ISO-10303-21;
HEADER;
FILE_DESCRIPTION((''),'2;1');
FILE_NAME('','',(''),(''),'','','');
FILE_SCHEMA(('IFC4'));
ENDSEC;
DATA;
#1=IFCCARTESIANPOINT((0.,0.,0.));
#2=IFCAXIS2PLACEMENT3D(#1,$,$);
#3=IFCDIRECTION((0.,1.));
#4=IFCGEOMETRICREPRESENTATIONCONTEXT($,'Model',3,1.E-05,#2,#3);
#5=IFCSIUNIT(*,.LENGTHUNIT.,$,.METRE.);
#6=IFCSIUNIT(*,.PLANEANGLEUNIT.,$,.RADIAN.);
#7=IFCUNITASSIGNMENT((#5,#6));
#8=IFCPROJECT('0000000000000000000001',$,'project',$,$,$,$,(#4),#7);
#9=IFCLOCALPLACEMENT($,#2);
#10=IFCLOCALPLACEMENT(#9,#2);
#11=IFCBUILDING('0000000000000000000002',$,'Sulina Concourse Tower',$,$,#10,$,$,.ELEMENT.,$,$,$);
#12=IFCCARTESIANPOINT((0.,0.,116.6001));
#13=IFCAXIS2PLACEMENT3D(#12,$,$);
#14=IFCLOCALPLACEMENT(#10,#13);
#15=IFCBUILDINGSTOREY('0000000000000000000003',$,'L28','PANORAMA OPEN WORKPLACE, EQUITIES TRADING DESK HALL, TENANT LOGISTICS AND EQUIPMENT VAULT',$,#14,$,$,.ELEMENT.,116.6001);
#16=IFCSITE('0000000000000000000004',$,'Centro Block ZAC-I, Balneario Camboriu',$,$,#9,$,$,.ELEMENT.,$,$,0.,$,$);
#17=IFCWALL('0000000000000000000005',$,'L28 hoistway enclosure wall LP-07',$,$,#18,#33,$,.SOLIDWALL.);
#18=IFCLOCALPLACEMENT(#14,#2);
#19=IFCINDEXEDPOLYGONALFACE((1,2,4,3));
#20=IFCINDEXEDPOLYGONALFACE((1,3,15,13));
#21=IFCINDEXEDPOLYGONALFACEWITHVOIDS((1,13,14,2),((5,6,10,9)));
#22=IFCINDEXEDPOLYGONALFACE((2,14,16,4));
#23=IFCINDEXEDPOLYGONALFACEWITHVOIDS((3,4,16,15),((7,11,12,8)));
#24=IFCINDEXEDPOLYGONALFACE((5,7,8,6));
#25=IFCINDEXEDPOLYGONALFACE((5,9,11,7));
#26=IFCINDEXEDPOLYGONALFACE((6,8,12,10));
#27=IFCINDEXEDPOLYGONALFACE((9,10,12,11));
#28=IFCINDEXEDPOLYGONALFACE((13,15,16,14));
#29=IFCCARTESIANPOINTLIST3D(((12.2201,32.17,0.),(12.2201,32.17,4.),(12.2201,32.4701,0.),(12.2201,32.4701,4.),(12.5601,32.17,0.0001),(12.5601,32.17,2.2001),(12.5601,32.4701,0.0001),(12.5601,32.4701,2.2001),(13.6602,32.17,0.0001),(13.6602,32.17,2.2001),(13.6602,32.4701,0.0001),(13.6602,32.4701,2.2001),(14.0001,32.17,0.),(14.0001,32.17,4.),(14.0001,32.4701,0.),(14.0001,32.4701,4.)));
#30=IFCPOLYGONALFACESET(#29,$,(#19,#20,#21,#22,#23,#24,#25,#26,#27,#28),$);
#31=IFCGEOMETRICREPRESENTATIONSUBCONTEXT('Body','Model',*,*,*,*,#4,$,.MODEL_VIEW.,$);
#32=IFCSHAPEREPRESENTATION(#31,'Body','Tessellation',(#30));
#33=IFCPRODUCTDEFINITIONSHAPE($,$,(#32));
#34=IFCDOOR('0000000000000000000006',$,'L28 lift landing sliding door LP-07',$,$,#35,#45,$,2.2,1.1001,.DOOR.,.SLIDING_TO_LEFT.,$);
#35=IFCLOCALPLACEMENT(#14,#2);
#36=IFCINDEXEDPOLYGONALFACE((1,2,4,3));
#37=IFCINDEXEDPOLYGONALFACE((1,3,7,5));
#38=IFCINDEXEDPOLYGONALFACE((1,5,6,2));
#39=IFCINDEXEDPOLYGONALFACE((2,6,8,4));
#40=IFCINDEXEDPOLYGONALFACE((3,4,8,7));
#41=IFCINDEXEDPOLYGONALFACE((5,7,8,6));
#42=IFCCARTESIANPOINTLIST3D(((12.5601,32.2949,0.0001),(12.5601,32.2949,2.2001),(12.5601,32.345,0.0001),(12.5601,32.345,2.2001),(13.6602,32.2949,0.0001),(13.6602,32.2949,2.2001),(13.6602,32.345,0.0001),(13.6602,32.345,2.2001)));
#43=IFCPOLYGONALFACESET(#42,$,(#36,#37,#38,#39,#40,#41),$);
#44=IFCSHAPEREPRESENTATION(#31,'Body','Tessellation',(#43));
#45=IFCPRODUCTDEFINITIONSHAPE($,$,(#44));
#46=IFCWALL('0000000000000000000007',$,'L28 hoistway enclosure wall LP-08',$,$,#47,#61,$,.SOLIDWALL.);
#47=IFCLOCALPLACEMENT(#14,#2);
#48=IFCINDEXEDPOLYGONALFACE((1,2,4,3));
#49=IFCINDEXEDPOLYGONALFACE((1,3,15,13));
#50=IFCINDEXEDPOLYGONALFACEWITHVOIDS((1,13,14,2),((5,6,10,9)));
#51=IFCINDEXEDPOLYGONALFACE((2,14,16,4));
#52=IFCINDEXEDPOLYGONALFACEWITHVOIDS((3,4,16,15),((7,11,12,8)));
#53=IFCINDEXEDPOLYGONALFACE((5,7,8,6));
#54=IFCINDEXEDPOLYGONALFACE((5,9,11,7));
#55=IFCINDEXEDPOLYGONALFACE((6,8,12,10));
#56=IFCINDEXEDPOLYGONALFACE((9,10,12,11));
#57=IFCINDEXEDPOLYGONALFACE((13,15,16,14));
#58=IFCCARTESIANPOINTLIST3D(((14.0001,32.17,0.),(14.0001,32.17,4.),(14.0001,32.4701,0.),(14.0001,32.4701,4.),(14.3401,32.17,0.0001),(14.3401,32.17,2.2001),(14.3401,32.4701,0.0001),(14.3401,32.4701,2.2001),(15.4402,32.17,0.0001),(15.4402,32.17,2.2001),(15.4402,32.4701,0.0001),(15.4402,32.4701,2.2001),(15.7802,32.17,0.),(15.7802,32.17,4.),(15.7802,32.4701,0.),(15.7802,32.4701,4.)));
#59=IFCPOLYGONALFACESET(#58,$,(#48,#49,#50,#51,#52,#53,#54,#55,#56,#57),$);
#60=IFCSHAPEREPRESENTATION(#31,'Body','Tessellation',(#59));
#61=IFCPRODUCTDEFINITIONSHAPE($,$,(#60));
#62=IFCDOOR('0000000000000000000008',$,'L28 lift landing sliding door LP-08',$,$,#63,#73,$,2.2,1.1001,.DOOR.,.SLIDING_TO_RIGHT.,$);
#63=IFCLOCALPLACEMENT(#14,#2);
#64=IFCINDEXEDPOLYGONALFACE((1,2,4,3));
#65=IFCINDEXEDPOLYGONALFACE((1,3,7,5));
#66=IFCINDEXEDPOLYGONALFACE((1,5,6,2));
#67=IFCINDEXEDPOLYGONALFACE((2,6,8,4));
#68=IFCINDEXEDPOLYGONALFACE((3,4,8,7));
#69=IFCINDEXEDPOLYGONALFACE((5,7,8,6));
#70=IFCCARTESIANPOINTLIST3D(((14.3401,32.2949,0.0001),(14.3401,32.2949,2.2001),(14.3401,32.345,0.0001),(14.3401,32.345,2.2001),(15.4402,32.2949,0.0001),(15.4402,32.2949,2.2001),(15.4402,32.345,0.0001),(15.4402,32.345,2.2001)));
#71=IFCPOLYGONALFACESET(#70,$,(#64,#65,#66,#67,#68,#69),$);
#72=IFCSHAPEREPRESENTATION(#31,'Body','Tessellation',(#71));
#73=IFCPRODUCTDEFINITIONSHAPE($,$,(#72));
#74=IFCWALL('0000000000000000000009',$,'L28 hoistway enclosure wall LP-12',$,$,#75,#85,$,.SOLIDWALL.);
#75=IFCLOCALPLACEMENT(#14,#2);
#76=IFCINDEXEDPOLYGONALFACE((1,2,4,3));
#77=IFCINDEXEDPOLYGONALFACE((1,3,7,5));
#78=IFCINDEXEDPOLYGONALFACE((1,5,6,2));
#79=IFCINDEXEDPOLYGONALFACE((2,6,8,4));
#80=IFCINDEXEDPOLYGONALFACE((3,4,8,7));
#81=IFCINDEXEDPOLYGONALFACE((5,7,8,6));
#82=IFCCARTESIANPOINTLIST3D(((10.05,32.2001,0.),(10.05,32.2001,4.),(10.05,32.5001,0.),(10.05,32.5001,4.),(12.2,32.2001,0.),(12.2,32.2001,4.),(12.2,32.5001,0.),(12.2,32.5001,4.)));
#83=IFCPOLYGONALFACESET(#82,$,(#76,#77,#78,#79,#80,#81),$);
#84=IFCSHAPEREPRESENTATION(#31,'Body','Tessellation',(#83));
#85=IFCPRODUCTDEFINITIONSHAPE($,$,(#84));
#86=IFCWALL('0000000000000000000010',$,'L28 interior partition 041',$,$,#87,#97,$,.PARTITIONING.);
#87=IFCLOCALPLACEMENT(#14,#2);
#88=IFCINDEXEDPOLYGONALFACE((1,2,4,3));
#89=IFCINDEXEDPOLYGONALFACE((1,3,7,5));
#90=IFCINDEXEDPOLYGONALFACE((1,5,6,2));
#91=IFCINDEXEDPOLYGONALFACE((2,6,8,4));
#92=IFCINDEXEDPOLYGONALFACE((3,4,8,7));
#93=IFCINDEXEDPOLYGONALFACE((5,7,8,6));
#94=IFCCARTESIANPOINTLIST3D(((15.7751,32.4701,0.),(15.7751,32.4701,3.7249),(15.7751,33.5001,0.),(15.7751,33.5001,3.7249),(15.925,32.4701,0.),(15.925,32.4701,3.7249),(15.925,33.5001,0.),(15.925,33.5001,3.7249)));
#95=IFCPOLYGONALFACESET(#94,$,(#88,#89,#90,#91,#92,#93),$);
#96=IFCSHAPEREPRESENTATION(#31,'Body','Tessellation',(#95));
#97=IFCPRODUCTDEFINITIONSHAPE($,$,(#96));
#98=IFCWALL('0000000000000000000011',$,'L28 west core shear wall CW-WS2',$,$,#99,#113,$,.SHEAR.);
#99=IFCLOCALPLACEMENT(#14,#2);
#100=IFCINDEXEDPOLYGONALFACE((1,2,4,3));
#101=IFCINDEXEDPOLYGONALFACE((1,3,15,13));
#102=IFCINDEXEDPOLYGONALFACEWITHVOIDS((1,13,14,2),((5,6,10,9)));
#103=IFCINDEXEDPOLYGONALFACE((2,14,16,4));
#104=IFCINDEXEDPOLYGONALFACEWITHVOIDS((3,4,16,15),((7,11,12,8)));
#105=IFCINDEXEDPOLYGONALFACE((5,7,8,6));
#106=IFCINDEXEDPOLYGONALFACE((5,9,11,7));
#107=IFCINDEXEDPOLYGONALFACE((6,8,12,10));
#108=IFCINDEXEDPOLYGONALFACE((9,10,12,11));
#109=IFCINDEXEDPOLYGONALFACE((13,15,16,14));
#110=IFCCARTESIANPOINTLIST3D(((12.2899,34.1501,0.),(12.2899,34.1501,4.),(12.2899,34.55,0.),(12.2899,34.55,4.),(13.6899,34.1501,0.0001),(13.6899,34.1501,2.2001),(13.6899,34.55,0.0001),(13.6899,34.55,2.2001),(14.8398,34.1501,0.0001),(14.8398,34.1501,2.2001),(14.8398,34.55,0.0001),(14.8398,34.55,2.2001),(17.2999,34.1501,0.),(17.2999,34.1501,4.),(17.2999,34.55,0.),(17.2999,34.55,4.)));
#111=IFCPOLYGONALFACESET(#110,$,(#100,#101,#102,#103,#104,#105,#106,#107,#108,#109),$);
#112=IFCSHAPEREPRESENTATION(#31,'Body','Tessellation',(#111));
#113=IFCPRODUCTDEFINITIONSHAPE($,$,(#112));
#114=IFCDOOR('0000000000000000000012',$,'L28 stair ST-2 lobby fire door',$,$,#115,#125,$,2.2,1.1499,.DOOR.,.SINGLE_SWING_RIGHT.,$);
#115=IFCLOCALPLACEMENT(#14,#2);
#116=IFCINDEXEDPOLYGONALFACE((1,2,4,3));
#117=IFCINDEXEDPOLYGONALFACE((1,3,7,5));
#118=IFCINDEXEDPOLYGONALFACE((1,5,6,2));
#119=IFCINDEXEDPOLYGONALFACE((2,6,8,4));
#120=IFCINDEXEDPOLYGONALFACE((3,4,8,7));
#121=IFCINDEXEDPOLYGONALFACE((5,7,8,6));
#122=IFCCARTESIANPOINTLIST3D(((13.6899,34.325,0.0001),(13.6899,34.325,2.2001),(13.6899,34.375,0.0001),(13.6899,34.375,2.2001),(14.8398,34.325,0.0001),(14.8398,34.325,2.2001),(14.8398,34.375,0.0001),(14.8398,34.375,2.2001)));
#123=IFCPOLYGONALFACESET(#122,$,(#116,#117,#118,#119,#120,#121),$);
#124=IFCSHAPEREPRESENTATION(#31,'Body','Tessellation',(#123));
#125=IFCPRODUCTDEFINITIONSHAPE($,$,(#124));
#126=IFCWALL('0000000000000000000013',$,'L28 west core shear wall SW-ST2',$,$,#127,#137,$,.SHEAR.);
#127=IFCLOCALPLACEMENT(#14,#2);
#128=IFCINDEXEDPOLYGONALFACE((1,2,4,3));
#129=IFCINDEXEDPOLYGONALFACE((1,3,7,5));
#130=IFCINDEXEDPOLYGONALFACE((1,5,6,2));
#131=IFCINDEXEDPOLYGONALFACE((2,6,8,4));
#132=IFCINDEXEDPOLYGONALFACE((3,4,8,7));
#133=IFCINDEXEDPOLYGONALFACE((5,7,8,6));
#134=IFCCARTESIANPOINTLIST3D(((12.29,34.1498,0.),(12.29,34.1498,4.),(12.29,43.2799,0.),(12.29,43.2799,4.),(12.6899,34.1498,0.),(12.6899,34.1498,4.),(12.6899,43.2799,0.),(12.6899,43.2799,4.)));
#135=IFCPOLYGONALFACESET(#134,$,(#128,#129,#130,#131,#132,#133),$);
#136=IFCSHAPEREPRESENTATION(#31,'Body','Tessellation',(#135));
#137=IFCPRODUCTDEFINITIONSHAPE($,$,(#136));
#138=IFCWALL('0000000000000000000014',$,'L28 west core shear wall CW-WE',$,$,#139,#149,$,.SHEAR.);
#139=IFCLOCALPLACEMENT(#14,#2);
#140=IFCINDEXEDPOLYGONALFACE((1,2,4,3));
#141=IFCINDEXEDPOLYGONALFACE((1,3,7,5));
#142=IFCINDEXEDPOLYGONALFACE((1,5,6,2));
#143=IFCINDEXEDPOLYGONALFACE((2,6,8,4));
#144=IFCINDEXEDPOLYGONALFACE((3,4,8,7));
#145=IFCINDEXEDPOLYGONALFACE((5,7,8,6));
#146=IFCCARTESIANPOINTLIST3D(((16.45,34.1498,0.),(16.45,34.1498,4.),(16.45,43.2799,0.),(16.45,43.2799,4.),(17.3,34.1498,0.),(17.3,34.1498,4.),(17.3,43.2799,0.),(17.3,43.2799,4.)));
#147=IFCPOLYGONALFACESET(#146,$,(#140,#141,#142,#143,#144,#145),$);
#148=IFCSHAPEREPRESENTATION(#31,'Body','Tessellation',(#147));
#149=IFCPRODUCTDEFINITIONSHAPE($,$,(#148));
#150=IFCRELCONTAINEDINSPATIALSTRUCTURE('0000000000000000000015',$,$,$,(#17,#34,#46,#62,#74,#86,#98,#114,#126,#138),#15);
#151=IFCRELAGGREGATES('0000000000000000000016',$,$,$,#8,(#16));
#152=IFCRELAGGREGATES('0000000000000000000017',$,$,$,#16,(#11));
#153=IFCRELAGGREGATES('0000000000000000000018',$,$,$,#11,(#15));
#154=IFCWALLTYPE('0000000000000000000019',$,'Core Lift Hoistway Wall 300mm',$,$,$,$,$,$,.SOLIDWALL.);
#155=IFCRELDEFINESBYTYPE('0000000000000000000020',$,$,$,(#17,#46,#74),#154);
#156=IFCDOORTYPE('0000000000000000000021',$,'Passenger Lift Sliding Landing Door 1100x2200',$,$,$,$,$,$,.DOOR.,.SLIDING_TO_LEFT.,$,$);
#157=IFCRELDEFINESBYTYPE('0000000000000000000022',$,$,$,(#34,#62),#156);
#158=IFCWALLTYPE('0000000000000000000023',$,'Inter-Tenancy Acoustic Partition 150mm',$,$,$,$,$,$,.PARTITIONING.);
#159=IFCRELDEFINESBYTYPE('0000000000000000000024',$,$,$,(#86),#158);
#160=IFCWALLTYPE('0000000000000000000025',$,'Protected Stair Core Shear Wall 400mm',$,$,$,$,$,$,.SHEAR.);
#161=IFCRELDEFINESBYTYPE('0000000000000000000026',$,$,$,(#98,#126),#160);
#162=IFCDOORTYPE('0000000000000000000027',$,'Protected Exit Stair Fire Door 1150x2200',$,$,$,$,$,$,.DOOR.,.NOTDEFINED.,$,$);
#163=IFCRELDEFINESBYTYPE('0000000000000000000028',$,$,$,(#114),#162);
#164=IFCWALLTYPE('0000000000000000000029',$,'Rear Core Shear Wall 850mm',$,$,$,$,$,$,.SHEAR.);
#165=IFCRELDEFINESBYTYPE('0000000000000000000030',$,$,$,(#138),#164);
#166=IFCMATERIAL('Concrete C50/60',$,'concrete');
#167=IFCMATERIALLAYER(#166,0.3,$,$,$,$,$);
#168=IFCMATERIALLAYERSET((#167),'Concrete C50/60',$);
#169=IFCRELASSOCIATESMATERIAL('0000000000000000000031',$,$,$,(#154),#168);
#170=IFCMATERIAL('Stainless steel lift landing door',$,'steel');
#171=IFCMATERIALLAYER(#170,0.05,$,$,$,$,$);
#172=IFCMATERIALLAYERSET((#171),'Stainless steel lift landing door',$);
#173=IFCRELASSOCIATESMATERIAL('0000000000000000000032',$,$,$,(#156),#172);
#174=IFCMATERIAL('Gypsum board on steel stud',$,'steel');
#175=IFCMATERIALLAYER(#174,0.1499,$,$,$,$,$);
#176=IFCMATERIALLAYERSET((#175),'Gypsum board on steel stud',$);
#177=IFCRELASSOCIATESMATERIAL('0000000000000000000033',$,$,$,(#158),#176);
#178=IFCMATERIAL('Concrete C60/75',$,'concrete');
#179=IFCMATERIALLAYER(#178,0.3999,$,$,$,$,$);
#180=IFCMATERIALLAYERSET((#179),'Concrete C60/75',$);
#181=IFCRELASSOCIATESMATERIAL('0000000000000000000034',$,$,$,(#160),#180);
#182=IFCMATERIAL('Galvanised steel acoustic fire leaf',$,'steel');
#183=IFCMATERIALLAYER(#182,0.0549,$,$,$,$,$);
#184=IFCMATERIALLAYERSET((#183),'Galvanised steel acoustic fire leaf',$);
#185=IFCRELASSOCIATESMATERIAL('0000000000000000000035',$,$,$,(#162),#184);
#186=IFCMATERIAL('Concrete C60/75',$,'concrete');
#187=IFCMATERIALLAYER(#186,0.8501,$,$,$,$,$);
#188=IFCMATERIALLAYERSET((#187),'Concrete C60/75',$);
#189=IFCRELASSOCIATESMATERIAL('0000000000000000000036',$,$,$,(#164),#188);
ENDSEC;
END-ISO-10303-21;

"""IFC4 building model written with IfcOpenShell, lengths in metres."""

from ifc_helpers import new_model, si_unit, direction, frame, frame_2d, origin, place, context, subcontext, project, spatial, rectangle, extrude, material, layer, layer_set, type_object, element, fill, save


model = new_model("IFC4")

# Units and contexts
model_context = context("Model", 3, precision=1e-05, world=origin(), true_north=direction((0.0, 1.0)))
body_context = subcontext(model_context, "Body", "Model", "MODEL_VIEW")
ifc_project = project(units=[si_unit("LENGTHUNIT", "METRE"), si_unit("PLANEANGLEUNIT", "RADIAN")], contexts=[model_context])

# Site, building, storey
site_placement = place(None, origin())
site = spatial("IfcSite", under=ifc_project, at=site_placement, Name="Centro Block ZAC-I, Balneario Camboriu", CompositionType="ELEMENT", RefElevation=0.0)
building_placement = place(site_placement, origin())
building = spatial("IfcBuilding", under=site, at=building_placement, Name="Sulina Concourse Tower", CompositionType="ELEMENT")
storey_placement = place(building_placement, frame((0.0, 0.0, 116.6001)))
storey = spatial("IfcBuildingStorey", under=building, at=storey_placement, Name="L28", Description="PANORAMA OPEN WORKPLACE, EQUITIES TRADING DESK HALL, TENANT LOGISTICS AND EQUIPMENT VAULT", CompositionType="ELEMENT", Elevation=116.6001)

# Walls, openings, doors
ifc_material_1 = material(Name="Concrete C50/60", Category="concrete")
ifc_layer_1 = layer(ifc_material_1, 0.3)
ifc_layer_set_1 = layer_set([ifc_layer_1], Name="Concrete C50/60")
wall_type_1 = type_object("IfcWallType", Name="Core Lift Hoistway Wall 300mm", PredefinedType="SOLIDWALL", material=ifc_layer_set_1)
ifc_material_2 = material(Name="Stainless steel lift landing door", Category="steel")
ifc_layer_2 = layer(ifc_material_2, 0.05)
ifc_layer_set_2 = layer_set([ifc_layer_2], Name="Stainless steel lift landing door")
door_type_1 = type_object("IfcDoorType", Name="Passenger Lift Sliding Landing Door 1100x2200", OperationType="SLIDING_TO_LEFT", PredefinedType="DOOR", material=ifc_layer_set_2)
wall_1_placement = place(storey_placement, frame((12.22, 32.3201, 0.0), z_axis=(0.0, 0.0, 1.0), x_axis=(1.0, 0.0, 0.0)))
wall_1 = element("IfcWall", 1, at=wall_1_placement, inside=storey, type_object=wall_type_1, Name="L28 hoistway enclosure wall LP-07", PredefinedType="SOLIDWALL", context=body_context, shape_type="SweptSolid", body=[
    extrude(rectangle(XDim=1.78, YDim=0.3, at=frame_2d((0.8901, 0.0))), origin(), (0.0, 0.0, 1.0), 4.0),
])
opening_1_placement = place(wall_1_placement, frame((0.3401, 0.0, 0.0)))
opening_1 = element("IfcOpeningElement", 2, at=opening_1_placement, cuts=wall_1, PredefinedType="OPENING", context=body_context, shape_type="SweptSolid", body=[
    extrude(rectangle(XDim=1.1001, YDim=2.2, at=frame_2d((0.55, 1.1001))), frame((0.0, 0.1599, 0.0), z_axis=(0.0, -1.0, 0.0), x_axis=(1.0, 0.0, 0.0)), (0.0, 0.0, 1.0), 0.3201),
])
door_1_placement = place(opening_1_placement, origin())
door_1 = element("IfcDoor", 3, at=door_1_placement, inside=storey, type_object=door_type_1, Name="L28 lift landing sliding door LP-07", OperationType="SLIDING_TO_LEFT", OverallHeight=2.2, OverallWidth=1.1001, PredefinedType="DOOR", context=body_context, shape_type="SweptSolid", body=[
    extrude(rectangle(XDim=1.1001, YDim=2.2, at=frame_2d((0.55, 1.1001))), frame((0.0, 0.0249, 0.0), z_axis=(0.0, -1.0, 0.0), x_axis=(1.0, 0.0, 0.0)), (0.0, 0.0, 1.0), 0.05),
])
fill(opening_1, door_1)
wall_2_placement = place(storey_placement, frame((14.0, 32.3201, 0.0), z_axis=(0.0, 0.0, 1.0), x_axis=(1.0, 0.0, 0.0)))
wall_2 = element("IfcWall", 4, at=wall_2_placement, inside=storey, type_object=wall_type_1, Name="L28 hoistway enclosure wall LP-08", PredefinedType="SOLIDWALL", context=body_context, shape_type="SweptSolid", body=[
    extrude(rectangle(XDim=1.78, YDim=0.3, at=frame_2d((0.8901, 0.0))), origin(), (0.0, 0.0, 1.0), 4.0),
])
opening_2_placement = place(wall_2_placement, frame((0.3401, 0.0, 0.0)))
opening_2 = element("IfcOpeningElement", 5, at=opening_2_placement, cuts=wall_2, PredefinedType="OPENING", context=body_context, shape_type="SweptSolid", body=[
    extrude(rectangle(XDim=1.1001, YDim=2.2, at=frame_2d((0.55, 1.1001))), frame((0.0, 0.1599, 0.0), z_axis=(0.0, -1.0, 0.0), x_axis=(1.0, 0.0, 0.0)), (0.0, 0.0, 1.0), 0.3201),
])
door_2_placement = place(opening_2_placement, origin())
door_2 = element("IfcDoor", 6, at=door_2_placement, inside=storey, type_object=door_type_1, Name="L28 lift landing sliding door LP-08", OperationType="SLIDING_TO_RIGHT", OverallHeight=2.2, OverallWidth=1.1001, PredefinedType="DOOR", context=body_context, shape_type="SweptSolid", body=[
    extrude(rectangle(XDim=1.1001, YDim=2.2, at=frame_2d((0.55, 1.1001))), frame((0.0, 0.0249, 0.0), z_axis=(0.0, -1.0, 0.0), x_axis=(1.0, 0.0, 0.0)), (0.0, 0.0, 1.0), 0.05),
])
fill(opening_2, door_2)

# Walls
wall_3_placement = place(storey_placement, frame((10.05, 32.3501, 0.0), z_axis=(0.0, 0.0, 1.0), x_axis=(1.0, 0.0, 0.0)))
element("IfcWall", 7, at=wall_3_placement, inside=storey, type_object=wall_type_1, Name="L28 hoistway enclosure wall LP-12", PredefinedType="SOLIDWALL", context=body_context, shape_type="SweptSolid", body=[
    extrude(rectangle(XDim=2.1499, YDim=0.3, at=frame_2d((1.075, 0.0))), origin(), (0.0, 0.0, 1.0), 4.0),
])
ifc_material_3 = material(Name="Gypsum board on steel stud", Category="steel")
ifc_layer_3 = layer(ifc_material_3, 0.1499)
ifc_layer_set_3 = layer_set([ifc_layer_3], Name="Gypsum board on steel stud")
wall_type_2 = type_object("IfcWallType", Name="Inter-Tenancy Acoustic Partition 150mm", PredefinedType="PARTITIONING", material=ifc_layer_set_3)
wall_4_placement = place(storey_placement, frame((15.8501, 32.47, 0.0), z_axis=(0.0, 0.0, 1.0), x_axis=(0.0, 1.0, 0.0)))
element("IfcWall", 8, at=wall_4_placement, inside=storey, type_object=wall_type_2, Name="L28 interior partition 041", PredefinedType="PARTITIONING", context=body_context, shape_type="SweptSolid", body=[
    extrude(rectangle(XDim=1.03, YDim=0.1499, at=frame_2d((0.5151, 0.0))), origin(), (0.0, 0.0, 1.0), 3.7249),
])

# Wall, opening, door
ifc_material_4 = material(Name="Concrete C60/75", Category="concrete")
ifc_layer_4 = layer(ifc_material_4, 0.3999)
ifc_layer_set_4 = layer_set([ifc_layer_4], Name="Concrete C60/75")
wall_type_3 = type_object("IfcWallType", Name="Protected Stair Core Shear Wall 400mm", PredefinedType="SHEAR", material=ifc_layer_set_4)
wall_5_placement = place(storey_placement, frame((12.29, 34.3501, 0.0), z_axis=(0.0, 0.0, 1.0), x_axis=(1.0, 0.0, 0.0)))
wall_5 = element("IfcWall", 9, at=wall_5_placement, inside=storey, type_object=wall_type_3, Name="L28 west core shear wall CW-WS2", PredefinedType="SHEAR", context=body_context, shape_type="SweptSolid", body=[
    extrude(rectangle(XDim=5.01, YDim=0.3999, at=frame_2d((2.5049, 0.0))), origin(), (0.0, 0.0, 1.0), 4.0),
])
opening_3_placement = place(wall_5_placement, frame((1.3999, 0.0, 0.0)))
opening_3 = element("IfcOpeningElement", 10, at=opening_3_placement, cuts=wall_5, PredefinedType="OPENING", context=body_context, shape_type="SweptSolid", body=[
    extrude(rectangle(XDim=1.1499, YDim=2.2, at=frame_2d((0.575, 1.1001))), frame((0.0, 0.21, 0.0), z_axis=(0.0, -1.0, 0.0), x_axis=(1.0, 0.0, 0.0)), (0.0, 0.0, 1.0), 0.4199),
])
ifc_material_5 = material(Name="Galvanised steel acoustic fire leaf", Category="steel")
ifc_layer_5 = layer(ifc_material_5, 0.0549)
ifc_layer_set_5 = layer_set([ifc_layer_5], Name="Galvanised steel acoustic fire leaf")
door_type_2 = type_object("IfcDoorType", Name="Protected Exit Stair Fire Door 1150x2200", OperationType="NOTDEFINED", PredefinedType="DOOR", material=ifc_layer_set_5)
door_3_placement = place(opening_3_placement, origin())
door_3 = element("IfcDoor", 11, at=door_3_placement, inside=storey, type_object=door_type_2, Name="L28 stair ST-2 lobby fire door", OperationType="SINGLE_SWING_RIGHT", OverallHeight=2.2, OverallWidth=1.1499, PredefinedType="DOOR", context=body_context, shape_type="SweptSolid", body=[
    extrude(rectangle(XDim=1.1499, YDim=2.2, at=frame_2d((0.575, 1.1001))), frame((0.0, 0.0249, 0.0), z_axis=(0.0, -1.0, 0.0), x_axis=(1.0, 0.0, 0.0)), (0.0, 0.0, 1.0), 0.05),
])
fill(opening_3, door_3)

# Walls
wall_6_placement = place(storey_placement, frame((12.49, 34.1499, 0.0), z_axis=(0.0, 0.0, 1.0), x_axis=(0.0, 1.0, 0.0)))
element("IfcWall", 12, at=wall_6_placement, inside=storey, type_object=wall_type_3, Name="L28 west core shear wall SW-ST2", PredefinedType="SHEAR", context=body_context, shape_type="SweptSolid", body=[
    extrude(rectangle(XDim=9.1301, YDim=0.3999, at=frame_2d((4.5649, 0.0))), origin(), (0.0, 0.0, 1.0), 4.0),
])
ifc_material_6 = material(Name="Concrete C60/75", Category="concrete")
ifc_layer_6 = layer(ifc_material_6, 0.8501)
ifc_layer_set_6 = layer_set([ifc_layer_6], Name="Concrete C60/75")
wall_type_4 = type_object("IfcWallType", Name="Rear Core Shear Wall 850mm", PredefinedType="SHEAR", material=ifc_layer_set_6)
wall_7_placement = place(storey_placement, frame((16.875, 34.1499, 0.0), z_axis=(0.0, 0.0, 1.0), x_axis=(0.0, 1.0, 0.0)))
element("IfcWall", 13, at=wall_7_placement, inside=storey, type_object=wall_type_4, Name="L28 west core shear wall CW-WE", PredefinedType="SHEAR", context=body_context, shape_type="SweptSolid", body=[
    extrude(rectangle(XDim=9.1301, YDim=0.8501, at=frame_2d((4.5649, 0.0))), origin(), (0.0, 0.0, 1.0), 4.0),
])

save(model, "model.ifc")
